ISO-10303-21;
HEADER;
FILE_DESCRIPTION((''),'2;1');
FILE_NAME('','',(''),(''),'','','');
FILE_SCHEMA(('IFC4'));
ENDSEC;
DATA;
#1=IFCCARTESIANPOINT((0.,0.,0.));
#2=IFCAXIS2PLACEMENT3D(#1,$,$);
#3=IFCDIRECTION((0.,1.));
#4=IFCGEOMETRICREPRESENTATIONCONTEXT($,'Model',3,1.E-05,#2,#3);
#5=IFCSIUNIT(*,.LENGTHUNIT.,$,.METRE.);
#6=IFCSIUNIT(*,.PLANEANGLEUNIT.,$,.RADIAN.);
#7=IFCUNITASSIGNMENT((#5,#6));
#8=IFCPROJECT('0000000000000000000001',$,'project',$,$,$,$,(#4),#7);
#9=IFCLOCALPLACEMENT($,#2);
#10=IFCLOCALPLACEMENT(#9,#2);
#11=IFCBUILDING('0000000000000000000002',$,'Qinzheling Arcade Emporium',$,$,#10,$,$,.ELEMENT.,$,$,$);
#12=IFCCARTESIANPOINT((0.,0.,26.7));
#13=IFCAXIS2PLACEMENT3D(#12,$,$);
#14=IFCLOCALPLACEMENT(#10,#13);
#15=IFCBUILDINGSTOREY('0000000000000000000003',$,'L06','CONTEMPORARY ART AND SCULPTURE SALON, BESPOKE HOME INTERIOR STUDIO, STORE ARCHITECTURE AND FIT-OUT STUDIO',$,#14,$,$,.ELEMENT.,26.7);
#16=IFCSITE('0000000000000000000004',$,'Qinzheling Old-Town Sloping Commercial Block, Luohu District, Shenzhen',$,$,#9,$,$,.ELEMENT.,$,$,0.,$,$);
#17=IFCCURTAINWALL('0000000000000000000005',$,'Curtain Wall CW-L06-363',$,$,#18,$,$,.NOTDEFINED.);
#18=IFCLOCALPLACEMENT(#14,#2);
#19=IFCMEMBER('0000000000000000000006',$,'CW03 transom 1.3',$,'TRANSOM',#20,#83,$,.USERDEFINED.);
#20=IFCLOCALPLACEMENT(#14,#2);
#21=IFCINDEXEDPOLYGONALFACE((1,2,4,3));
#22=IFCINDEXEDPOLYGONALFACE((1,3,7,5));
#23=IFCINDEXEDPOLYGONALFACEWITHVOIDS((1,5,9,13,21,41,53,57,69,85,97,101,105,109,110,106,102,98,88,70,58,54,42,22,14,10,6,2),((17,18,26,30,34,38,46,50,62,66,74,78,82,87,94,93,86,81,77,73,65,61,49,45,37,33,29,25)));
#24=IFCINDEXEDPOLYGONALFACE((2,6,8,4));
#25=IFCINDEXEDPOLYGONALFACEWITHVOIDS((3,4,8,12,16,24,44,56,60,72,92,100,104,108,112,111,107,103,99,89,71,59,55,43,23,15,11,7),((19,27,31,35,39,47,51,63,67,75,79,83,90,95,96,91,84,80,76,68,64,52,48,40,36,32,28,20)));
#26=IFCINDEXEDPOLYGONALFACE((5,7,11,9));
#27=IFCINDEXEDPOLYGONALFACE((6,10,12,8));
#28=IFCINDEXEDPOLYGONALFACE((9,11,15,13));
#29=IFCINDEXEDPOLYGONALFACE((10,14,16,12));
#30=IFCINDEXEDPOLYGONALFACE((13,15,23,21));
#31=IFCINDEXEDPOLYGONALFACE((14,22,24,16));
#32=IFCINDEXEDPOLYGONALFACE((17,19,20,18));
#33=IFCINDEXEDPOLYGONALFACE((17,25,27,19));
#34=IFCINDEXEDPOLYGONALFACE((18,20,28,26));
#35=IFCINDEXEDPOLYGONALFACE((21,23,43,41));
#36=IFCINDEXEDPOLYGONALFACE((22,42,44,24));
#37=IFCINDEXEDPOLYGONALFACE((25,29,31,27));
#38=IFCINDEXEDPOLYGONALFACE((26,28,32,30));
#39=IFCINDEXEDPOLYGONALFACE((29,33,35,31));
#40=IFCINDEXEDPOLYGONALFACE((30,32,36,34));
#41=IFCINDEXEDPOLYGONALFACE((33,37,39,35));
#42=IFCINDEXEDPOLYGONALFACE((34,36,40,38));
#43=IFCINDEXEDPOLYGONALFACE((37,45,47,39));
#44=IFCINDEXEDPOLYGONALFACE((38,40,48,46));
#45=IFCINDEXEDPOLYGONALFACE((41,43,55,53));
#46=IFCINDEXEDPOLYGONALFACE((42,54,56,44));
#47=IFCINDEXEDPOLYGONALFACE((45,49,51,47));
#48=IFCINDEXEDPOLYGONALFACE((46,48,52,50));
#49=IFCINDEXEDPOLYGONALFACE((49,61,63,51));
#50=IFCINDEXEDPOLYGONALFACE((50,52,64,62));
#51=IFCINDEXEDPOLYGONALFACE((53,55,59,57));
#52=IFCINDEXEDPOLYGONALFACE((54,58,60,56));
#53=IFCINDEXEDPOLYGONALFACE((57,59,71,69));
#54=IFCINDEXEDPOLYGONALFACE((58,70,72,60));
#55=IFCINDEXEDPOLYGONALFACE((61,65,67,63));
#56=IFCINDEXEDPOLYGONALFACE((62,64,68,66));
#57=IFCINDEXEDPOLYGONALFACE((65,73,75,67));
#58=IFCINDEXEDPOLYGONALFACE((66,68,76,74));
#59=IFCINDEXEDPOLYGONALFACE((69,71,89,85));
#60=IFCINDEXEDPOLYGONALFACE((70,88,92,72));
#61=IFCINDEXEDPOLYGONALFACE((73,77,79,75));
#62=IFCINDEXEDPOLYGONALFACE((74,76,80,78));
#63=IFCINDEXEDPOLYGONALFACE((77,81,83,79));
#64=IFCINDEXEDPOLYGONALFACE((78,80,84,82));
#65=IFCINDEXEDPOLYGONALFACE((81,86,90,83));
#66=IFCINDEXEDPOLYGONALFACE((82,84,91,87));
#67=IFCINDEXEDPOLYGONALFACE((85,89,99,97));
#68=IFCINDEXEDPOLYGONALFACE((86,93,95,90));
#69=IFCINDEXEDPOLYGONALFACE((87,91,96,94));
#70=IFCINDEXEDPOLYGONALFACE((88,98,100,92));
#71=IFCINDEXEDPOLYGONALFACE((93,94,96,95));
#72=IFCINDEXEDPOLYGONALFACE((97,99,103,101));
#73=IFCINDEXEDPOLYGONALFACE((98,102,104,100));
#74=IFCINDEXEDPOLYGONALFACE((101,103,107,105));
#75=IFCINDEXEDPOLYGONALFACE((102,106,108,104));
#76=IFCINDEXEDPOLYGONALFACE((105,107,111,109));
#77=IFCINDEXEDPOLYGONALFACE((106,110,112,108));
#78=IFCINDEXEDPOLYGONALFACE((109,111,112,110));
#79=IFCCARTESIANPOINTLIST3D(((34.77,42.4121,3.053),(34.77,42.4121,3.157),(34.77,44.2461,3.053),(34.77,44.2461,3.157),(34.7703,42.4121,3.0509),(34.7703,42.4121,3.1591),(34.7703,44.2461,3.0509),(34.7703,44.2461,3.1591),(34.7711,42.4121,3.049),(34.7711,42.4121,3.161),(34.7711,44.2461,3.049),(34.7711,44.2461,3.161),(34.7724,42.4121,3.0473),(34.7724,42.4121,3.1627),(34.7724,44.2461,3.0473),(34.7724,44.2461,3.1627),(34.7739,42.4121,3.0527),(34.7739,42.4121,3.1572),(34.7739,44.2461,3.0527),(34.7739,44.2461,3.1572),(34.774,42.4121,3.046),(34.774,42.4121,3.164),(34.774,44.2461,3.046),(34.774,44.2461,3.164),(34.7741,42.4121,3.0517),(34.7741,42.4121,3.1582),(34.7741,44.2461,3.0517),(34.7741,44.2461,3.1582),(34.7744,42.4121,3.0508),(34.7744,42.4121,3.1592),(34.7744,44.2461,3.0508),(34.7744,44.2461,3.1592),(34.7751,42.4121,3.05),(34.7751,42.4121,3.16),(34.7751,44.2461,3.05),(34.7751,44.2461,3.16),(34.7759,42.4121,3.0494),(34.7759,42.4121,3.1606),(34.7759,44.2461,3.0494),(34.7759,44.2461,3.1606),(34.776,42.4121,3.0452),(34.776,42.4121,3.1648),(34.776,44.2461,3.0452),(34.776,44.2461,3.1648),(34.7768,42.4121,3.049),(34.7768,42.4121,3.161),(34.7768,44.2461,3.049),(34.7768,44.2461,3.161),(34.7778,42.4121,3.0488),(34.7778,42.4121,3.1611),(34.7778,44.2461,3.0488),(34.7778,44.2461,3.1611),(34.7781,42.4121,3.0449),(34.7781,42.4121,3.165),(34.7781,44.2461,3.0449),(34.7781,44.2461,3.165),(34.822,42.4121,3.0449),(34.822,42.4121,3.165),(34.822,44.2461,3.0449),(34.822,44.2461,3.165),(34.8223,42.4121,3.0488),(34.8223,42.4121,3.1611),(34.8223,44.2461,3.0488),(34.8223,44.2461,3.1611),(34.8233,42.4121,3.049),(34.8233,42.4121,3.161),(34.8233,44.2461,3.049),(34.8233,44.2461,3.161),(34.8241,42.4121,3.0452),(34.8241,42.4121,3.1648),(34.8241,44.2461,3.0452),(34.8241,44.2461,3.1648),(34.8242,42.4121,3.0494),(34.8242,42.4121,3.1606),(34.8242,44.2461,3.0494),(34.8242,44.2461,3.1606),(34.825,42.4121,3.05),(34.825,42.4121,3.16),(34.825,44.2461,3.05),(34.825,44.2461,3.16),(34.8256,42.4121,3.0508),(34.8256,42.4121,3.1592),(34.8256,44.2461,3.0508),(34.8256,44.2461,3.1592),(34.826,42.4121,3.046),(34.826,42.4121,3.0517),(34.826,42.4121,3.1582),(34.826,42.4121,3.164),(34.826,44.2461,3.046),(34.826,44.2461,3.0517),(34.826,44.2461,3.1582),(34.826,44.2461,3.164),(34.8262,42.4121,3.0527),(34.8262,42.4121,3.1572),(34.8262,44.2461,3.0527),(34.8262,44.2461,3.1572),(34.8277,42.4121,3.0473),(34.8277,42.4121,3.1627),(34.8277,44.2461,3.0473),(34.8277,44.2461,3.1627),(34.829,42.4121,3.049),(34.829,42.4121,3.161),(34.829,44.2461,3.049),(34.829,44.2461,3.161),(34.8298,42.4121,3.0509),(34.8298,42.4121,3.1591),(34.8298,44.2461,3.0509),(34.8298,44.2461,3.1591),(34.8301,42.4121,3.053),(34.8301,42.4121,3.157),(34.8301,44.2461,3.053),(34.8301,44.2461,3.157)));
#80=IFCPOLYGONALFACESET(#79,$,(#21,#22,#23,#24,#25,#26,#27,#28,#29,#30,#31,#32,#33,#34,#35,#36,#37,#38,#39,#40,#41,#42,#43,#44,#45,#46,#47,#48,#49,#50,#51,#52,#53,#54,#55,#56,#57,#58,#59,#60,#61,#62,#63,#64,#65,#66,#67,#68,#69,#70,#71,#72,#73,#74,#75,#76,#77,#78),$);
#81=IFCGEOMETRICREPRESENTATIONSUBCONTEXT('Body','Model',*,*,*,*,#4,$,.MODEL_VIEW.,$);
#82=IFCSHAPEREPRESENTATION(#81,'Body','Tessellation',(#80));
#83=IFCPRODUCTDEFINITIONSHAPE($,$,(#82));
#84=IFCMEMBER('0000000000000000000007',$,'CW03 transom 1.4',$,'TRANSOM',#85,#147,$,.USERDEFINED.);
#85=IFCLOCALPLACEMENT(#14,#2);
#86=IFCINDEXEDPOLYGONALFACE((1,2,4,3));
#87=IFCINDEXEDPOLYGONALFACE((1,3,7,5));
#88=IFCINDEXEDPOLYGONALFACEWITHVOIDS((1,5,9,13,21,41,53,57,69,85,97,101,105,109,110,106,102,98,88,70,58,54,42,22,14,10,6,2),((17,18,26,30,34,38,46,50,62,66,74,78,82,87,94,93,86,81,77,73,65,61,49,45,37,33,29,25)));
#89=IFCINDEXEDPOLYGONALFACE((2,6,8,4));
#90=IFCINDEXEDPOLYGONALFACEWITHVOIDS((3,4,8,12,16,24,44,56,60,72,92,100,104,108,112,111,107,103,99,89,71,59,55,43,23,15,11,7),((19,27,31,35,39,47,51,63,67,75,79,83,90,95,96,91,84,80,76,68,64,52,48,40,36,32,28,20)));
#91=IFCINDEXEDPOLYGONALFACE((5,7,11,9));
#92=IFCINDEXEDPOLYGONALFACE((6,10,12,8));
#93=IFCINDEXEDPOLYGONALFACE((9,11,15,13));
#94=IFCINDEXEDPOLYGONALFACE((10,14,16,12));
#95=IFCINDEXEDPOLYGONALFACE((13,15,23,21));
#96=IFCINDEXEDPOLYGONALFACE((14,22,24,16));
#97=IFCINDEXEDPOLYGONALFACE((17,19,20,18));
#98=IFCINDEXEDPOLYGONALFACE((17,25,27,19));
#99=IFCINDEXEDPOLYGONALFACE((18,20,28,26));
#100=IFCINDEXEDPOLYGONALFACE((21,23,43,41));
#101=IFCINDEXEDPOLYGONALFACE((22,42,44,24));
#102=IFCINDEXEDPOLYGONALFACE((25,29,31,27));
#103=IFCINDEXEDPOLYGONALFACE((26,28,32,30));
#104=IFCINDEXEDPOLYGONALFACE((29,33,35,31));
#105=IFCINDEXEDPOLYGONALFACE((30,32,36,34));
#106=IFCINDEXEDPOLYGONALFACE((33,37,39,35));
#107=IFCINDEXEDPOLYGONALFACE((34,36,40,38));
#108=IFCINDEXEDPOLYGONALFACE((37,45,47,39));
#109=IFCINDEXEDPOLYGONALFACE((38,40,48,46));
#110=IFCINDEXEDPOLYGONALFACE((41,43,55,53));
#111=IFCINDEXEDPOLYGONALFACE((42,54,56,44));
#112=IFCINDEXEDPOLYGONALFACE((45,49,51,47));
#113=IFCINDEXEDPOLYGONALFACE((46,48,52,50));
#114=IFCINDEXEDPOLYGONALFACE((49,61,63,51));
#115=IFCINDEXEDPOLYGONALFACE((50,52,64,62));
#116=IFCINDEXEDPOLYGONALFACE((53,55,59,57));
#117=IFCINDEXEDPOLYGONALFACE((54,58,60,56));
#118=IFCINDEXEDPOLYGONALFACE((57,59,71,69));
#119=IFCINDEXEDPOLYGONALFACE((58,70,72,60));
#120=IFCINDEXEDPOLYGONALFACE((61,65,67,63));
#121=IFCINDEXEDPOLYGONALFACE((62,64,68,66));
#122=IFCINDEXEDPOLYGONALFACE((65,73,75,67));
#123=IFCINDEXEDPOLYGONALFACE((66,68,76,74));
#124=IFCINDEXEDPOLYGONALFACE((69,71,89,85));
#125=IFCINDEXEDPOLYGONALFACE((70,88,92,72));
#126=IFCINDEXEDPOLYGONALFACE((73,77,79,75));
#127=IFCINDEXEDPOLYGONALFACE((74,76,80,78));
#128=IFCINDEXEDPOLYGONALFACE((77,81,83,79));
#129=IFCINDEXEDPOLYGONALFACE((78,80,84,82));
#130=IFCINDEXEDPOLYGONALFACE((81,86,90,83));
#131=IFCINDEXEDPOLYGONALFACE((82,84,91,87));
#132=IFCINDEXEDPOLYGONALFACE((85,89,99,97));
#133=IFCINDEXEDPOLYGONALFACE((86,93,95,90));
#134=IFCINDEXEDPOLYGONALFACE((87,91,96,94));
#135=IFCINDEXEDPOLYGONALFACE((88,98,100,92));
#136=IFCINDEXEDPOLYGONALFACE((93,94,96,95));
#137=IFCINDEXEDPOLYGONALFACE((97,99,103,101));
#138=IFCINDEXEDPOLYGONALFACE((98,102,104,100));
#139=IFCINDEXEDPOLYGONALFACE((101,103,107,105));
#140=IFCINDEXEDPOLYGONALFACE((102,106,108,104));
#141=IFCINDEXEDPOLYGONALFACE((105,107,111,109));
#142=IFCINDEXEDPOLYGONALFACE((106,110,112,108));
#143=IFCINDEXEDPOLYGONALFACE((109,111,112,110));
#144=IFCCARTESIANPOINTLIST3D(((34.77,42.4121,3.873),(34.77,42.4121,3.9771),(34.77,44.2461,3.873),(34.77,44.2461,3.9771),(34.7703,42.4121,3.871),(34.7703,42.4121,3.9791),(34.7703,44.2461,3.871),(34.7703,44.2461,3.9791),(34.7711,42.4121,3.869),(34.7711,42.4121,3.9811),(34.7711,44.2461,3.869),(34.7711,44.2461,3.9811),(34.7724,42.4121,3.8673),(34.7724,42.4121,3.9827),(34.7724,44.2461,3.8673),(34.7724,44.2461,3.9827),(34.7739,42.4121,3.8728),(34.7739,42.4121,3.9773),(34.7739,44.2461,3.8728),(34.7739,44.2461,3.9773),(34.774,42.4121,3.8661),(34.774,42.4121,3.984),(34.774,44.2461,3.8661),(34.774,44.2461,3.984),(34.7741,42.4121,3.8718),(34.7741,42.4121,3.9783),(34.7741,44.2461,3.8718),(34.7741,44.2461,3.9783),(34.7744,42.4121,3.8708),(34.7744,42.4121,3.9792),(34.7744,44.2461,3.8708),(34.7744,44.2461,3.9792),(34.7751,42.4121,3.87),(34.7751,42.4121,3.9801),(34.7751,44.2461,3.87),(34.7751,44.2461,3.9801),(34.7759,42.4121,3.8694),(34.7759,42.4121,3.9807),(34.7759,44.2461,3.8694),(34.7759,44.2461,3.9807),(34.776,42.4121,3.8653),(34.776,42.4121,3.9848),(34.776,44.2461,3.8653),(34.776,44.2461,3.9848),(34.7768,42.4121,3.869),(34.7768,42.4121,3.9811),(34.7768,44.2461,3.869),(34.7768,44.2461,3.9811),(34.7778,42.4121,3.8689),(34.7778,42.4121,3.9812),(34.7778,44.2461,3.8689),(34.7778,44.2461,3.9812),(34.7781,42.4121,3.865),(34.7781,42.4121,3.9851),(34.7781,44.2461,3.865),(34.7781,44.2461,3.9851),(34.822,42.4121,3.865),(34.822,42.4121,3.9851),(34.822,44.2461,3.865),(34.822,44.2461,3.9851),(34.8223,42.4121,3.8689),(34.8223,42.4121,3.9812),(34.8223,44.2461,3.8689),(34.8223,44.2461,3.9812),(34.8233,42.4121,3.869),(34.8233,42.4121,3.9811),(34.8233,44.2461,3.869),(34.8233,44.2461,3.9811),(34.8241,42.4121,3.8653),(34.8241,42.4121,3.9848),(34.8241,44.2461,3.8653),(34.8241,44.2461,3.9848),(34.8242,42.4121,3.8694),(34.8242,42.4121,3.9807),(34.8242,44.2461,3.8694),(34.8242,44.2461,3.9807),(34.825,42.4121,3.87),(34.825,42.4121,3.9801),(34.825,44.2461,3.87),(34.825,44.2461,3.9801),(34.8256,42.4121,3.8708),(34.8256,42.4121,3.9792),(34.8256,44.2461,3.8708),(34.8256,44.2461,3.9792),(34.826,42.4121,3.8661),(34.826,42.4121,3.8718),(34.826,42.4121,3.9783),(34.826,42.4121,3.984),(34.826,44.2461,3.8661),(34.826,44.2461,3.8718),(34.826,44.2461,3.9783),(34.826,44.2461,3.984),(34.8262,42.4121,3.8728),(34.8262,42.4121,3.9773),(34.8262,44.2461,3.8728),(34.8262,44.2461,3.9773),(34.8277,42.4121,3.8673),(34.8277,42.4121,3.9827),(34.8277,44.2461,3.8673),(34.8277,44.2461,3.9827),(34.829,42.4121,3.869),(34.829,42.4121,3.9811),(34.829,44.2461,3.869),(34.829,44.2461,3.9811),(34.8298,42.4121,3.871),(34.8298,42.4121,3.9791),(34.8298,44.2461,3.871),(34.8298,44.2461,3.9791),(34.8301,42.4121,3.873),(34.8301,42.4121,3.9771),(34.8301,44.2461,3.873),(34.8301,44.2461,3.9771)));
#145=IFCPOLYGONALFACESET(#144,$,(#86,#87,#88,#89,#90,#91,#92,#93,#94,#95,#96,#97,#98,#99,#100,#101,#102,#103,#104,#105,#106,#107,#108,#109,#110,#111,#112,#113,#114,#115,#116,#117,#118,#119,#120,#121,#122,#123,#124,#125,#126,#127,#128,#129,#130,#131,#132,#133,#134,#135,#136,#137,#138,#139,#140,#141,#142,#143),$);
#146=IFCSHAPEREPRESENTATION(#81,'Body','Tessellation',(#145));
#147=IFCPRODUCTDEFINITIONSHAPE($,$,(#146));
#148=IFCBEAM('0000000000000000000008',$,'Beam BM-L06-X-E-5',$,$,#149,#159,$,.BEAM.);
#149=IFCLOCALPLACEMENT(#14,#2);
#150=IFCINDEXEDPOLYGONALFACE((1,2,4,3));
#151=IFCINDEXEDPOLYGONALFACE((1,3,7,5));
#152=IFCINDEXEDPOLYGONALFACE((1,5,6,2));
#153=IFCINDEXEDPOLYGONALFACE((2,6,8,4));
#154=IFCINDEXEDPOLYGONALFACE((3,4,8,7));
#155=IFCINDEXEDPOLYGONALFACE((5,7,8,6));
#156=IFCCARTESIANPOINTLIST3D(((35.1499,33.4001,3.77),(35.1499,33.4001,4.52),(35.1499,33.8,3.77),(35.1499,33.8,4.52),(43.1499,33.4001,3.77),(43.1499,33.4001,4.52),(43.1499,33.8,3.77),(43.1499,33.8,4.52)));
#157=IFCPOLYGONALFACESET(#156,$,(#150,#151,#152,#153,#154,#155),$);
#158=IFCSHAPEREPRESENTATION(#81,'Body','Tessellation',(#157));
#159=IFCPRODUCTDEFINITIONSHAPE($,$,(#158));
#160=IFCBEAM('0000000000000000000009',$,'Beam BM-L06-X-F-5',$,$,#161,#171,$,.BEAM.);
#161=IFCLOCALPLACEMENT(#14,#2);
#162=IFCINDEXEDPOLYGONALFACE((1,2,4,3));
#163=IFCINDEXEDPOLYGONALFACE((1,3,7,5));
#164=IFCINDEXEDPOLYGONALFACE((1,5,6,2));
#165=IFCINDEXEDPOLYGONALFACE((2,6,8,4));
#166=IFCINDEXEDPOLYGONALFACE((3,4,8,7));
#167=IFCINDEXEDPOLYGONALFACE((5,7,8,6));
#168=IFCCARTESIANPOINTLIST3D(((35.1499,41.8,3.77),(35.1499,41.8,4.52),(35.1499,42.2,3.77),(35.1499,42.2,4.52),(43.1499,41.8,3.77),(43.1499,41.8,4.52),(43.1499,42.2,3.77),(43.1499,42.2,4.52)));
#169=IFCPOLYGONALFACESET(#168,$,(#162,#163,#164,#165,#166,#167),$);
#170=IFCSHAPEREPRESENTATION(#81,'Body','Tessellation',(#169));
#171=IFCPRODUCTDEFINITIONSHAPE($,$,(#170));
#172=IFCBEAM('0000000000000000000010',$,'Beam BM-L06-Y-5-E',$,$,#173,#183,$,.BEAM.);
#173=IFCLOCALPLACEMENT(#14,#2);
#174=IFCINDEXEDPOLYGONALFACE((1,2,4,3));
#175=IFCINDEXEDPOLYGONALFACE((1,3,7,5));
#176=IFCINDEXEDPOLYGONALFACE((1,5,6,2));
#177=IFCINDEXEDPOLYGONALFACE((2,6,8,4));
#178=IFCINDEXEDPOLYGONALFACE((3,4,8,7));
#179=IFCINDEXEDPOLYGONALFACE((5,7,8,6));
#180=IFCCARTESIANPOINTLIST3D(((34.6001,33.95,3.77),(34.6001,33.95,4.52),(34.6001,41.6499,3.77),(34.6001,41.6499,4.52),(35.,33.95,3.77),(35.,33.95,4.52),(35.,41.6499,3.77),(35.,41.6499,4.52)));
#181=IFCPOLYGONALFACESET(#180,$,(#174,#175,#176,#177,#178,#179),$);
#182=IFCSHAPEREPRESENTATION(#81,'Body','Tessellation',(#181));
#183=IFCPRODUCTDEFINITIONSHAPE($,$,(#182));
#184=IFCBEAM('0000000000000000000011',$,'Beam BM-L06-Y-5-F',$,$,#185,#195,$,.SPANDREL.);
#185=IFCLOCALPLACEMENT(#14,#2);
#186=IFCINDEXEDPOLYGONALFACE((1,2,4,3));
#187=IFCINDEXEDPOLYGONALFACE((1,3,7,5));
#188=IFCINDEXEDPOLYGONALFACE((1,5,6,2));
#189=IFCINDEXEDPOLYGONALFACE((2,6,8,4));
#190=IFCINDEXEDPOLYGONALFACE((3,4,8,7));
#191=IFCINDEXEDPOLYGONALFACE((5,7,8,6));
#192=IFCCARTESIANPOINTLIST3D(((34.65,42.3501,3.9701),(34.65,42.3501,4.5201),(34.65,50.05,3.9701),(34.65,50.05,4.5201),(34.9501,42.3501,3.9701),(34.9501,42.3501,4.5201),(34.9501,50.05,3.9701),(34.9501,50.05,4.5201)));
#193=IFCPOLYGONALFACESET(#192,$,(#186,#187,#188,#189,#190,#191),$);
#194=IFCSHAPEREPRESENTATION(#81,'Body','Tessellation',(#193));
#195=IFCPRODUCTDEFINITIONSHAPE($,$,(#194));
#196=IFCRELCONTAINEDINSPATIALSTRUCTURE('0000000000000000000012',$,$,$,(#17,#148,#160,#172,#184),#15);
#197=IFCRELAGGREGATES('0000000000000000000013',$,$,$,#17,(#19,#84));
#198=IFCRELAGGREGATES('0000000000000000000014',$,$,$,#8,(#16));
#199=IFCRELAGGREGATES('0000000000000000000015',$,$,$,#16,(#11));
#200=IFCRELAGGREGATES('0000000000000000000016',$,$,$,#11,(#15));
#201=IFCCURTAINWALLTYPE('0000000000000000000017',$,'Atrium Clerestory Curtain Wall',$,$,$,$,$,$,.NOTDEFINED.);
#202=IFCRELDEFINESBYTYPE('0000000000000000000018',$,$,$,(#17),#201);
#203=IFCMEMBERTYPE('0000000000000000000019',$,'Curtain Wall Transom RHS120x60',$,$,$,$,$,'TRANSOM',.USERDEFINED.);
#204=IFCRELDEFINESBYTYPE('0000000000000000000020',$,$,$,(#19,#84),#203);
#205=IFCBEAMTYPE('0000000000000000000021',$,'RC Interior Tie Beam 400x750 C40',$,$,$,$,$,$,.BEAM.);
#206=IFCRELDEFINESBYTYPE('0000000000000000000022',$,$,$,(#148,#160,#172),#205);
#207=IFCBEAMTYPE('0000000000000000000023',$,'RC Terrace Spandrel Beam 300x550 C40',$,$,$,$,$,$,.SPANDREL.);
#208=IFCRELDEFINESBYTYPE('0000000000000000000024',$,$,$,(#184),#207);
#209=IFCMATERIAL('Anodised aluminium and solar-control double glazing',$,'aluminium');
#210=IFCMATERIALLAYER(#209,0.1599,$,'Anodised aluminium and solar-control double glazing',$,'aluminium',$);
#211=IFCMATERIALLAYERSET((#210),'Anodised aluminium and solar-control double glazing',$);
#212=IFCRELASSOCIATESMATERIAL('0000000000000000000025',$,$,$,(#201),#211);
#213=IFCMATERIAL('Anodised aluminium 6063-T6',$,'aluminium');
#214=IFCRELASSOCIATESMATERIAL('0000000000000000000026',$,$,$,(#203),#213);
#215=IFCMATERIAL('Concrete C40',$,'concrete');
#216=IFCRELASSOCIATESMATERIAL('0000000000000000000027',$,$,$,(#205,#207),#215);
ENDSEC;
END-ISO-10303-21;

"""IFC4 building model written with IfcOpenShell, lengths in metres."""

from ifc_helpers import new_model, si_unit, direction, frame, origin, origin_2d, place, context, subcontext, project, spatial, rectangle, hollow_rectangle, extrude, material, layer, layer_set, material_profile, profile_set, type_object, element, aggregate, save


model = new_model("IFC4")

# Units and contexts
model_context = context("Model", 3, precision=1e-05, world=origin(), true_north=direction((0.0, 1.0)))
body_context = subcontext(model_context, "Body", "Model", "MODEL_VIEW")
ifc_project = project(units=[si_unit("LENGTHUNIT", "METRE"), si_unit("PLANEANGLEUNIT", "RADIAN")], contexts=[model_context])

# Site, building, storey
site_placement = place(None, origin())
site = spatial("IfcSite", under=ifc_project, at=site_placement, Name="Qinzheling Old-Town Sloping Commercial Block, Luohu District, Shenzhen", CompositionType="ELEMENT", RefElevation=0.0)
building_placement = place(site_placement, origin())
building = spatial("IfcBuilding", under=site, at=building_placement, Name="Qinzheling Arcade Emporium", CompositionType="ELEMENT")
storey_placement = place(building_placement, frame((0.0, 0.0, 26.7)))
storey = spatial("IfcBuildingStorey", under=building, at=storey_placement, Name="L06", Description="CONTEMPORARY ART AND SCULPTURE SALON, BESPOKE HOME INTERIOR STUDIO, STORE ARCHITECTURE AND FIT-OUT STUDIO", CompositionType="ELEMENT", Elevation=26.7)

# Shared definitions
ifc_material_1 = material(Name="Concrete C40", Category="concrete")

# Curtain wall
ifc_material_2 = material(Name="Anodised aluminium and solar-control double glazing", Category="aluminium")
ifc_layer_1 = layer(ifc_material_2, 0.1599, Name="Anodised aluminium and solar-control double glazing", Category="aluminium")
ifc_layer_set_1 = layer_set([ifc_layer_1], Name="Anodised aluminium and solar-control double glazing")
curtain_wall_type = type_object("IfcCurtainWallType", Name="Atrium Clerestory Curtain Wall", PredefinedType="NOTDEFINED", material=ifc_layer_set_1)
ifc_material_3 = material(Name="Anodised aluminium 6063-T6", Category="aluminium")
curtain_wall_1_placement = place(storey_placement, origin())
curtain_wall_1 = element("IfcCurtainWall", 1, at=curtain_wall_1_placement, inside=storey, type_object=curtain_wall_type, Name="Curtain Wall CW-L06-363", PredefinedType="NOTDEFINED")

# Members
ifc_material_profile_1 = material_profile(ifc_material_3, hollow_rectangle(XDim=0.0601, YDim=0.1201, WallThickness=0.0039, InnerFilletRadius=0.0039, OuterFilletRadius=0.0081, at=origin_2d()), Name="RHS 120x60x4", Category="aluminium")
ifc_profile_set_1 = profile_set([ifc_material_profile_1], Name="Anodised aluminium 6063-T6")
member_type_1 = type_object("IfcMemberType", Name="Curtain Wall Transom RHS120x60", ElementType="TRANSOM", PredefinedType="USERDEFINED", material=ifc_profile_set_1)
member_1_placement = place(storey_placement, frame((34.8, 42.4121, 3.105), z_axis=(0.0, 1.0, 0.0), x_axis=(-1.0, 0.0, 0.0)))
member_1 = element("IfcMember", 2, at=member_1_placement, type_object=member_type_1, Name="CW03 transom 1.3", ObjectType="TRANSOM", PredefinedType="USERDEFINED", context=body_context, shape_type="SweptSolid", body=[
    extrude(hollow_rectangle(XDim=0.0601, YDim=0.1201, WallThickness=0.0039, InnerFilletRadius=0.0039, OuterFilletRadius=0.0081, at=origin_2d()), origin(), (0.0, 0.0, 1.0), 1.834),
])
member_2_placement = place(storey_placement, frame((34.8, 42.4121, 3.925), z_axis=(0.0, 1.0, 0.0), x_axis=(-1.0, 0.0, 0.0)))
member_2 = element("IfcMember", 3, at=member_2_placement, type_object=member_type_1, Name="CW03 transom 1.4", ObjectType="TRANSOM", PredefinedType="USERDEFINED", context=body_context, shape_type="SweptSolid", body=[
    extrude(hollow_rectangle(XDim=0.0601, YDim=0.1201, WallThickness=0.0039, InnerFilletRadius=0.0039, OuterFilletRadius=0.0081, at=origin_2d()), origin(), (0.0, 0.0, 1.0), 1.834),
])

# Beams
ifc_material_profile_2 = material_profile(ifc_material_1, rectangle(XDim=0.3999, YDim=0.75, at=origin_2d()), Name="RC 400x750", Category="concrete")
ifc_profile_set_2 = profile_set([ifc_material_profile_2], Name="Concrete C40")
beam_type_1 = type_object("IfcBeamType", Name="RC Interior Tie Beam 400x750 C40", PredefinedType="BEAM", material=ifc_profile_set_2)
for number, where, z_axis, x_axis, name in (
    (4, (35.1499, 33.6001, 4.145), (1.0, 0.0, 0.0), (0.0, 1.0, 0.0), "Beam BM-L06-X-E-5"),
    (5, (35.1499, 42.0, 4.145), (1.0, 0.0, 0.0), (0.0, 1.0, 0.0), "Beam BM-L06-X-F-5"),
):
    element("IfcBeam", number, at=place(storey_placement, frame(where, z_axis=z_axis, x_axis=x_axis)), inside=storey, type_object=beam_type_1, Name=name, PredefinedType="BEAM", context=body_context, shape_type="SweptSolid", body=[
        extrude(rectangle(XDim=0.3999, YDim=0.75, at=origin_2d()), origin(), (0.0, 0.0, 1.0), 8.0),
    ])
beam_1_placement = place(storey_placement, frame((34.8, 33.95, 4.145), z_axis=(0.0, 1.0, 0.0), x_axis=(-1.0, 0.0, 0.0)))
element("IfcBeam", 6, at=beam_1_placement, inside=storey, type_object=beam_type_1, Name="Beam BM-L06-Y-5-E", PredefinedType="BEAM", context=body_context, shape_type="SweptSolid", body=[
    extrude(rectangle(XDim=0.3999, YDim=0.75, at=origin_2d()), origin(), (0.0, 0.0, 1.0), 7.7),
])
ifc_material_profile_3 = material_profile(ifc_material_1, rectangle(XDim=0.3, YDim=0.55, at=origin_2d()), Name="RC 300x550", Category="concrete")
ifc_profile_set_3 = profile_set([ifc_material_profile_3], Name="Concrete C40")
beam_type_2 = type_object("IfcBeamType", Name="RC Terrace Spandrel Beam 300x550 C40", PredefinedType="SPANDREL", material=ifc_profile_set_3)
beam_2_placement = place(storey_placement, frame((34.8, 42.3501, 4.2451), z_axis=(0.0, 1.0, 0.0), x_axis=(-1.0, 0.0, 0.0)))
element("IfcBeam", 7, at=beam_2_placement, inside=storey, type_object=beam_type_2, Name="Beam BM-L06-Y-5-F", PredefinedType="SPANDREL", context=body_context, shape_type="SweptSolid", body=[
    extrude(rectangle(XDim=0.3, YDim=0.55, at=origin_2d()), origin(), (0.0, 0.0, 1.0), 7.7),
])

aggregate(curtain_wall_1, [member_1, member_2])

save(model, "model.ifc")
